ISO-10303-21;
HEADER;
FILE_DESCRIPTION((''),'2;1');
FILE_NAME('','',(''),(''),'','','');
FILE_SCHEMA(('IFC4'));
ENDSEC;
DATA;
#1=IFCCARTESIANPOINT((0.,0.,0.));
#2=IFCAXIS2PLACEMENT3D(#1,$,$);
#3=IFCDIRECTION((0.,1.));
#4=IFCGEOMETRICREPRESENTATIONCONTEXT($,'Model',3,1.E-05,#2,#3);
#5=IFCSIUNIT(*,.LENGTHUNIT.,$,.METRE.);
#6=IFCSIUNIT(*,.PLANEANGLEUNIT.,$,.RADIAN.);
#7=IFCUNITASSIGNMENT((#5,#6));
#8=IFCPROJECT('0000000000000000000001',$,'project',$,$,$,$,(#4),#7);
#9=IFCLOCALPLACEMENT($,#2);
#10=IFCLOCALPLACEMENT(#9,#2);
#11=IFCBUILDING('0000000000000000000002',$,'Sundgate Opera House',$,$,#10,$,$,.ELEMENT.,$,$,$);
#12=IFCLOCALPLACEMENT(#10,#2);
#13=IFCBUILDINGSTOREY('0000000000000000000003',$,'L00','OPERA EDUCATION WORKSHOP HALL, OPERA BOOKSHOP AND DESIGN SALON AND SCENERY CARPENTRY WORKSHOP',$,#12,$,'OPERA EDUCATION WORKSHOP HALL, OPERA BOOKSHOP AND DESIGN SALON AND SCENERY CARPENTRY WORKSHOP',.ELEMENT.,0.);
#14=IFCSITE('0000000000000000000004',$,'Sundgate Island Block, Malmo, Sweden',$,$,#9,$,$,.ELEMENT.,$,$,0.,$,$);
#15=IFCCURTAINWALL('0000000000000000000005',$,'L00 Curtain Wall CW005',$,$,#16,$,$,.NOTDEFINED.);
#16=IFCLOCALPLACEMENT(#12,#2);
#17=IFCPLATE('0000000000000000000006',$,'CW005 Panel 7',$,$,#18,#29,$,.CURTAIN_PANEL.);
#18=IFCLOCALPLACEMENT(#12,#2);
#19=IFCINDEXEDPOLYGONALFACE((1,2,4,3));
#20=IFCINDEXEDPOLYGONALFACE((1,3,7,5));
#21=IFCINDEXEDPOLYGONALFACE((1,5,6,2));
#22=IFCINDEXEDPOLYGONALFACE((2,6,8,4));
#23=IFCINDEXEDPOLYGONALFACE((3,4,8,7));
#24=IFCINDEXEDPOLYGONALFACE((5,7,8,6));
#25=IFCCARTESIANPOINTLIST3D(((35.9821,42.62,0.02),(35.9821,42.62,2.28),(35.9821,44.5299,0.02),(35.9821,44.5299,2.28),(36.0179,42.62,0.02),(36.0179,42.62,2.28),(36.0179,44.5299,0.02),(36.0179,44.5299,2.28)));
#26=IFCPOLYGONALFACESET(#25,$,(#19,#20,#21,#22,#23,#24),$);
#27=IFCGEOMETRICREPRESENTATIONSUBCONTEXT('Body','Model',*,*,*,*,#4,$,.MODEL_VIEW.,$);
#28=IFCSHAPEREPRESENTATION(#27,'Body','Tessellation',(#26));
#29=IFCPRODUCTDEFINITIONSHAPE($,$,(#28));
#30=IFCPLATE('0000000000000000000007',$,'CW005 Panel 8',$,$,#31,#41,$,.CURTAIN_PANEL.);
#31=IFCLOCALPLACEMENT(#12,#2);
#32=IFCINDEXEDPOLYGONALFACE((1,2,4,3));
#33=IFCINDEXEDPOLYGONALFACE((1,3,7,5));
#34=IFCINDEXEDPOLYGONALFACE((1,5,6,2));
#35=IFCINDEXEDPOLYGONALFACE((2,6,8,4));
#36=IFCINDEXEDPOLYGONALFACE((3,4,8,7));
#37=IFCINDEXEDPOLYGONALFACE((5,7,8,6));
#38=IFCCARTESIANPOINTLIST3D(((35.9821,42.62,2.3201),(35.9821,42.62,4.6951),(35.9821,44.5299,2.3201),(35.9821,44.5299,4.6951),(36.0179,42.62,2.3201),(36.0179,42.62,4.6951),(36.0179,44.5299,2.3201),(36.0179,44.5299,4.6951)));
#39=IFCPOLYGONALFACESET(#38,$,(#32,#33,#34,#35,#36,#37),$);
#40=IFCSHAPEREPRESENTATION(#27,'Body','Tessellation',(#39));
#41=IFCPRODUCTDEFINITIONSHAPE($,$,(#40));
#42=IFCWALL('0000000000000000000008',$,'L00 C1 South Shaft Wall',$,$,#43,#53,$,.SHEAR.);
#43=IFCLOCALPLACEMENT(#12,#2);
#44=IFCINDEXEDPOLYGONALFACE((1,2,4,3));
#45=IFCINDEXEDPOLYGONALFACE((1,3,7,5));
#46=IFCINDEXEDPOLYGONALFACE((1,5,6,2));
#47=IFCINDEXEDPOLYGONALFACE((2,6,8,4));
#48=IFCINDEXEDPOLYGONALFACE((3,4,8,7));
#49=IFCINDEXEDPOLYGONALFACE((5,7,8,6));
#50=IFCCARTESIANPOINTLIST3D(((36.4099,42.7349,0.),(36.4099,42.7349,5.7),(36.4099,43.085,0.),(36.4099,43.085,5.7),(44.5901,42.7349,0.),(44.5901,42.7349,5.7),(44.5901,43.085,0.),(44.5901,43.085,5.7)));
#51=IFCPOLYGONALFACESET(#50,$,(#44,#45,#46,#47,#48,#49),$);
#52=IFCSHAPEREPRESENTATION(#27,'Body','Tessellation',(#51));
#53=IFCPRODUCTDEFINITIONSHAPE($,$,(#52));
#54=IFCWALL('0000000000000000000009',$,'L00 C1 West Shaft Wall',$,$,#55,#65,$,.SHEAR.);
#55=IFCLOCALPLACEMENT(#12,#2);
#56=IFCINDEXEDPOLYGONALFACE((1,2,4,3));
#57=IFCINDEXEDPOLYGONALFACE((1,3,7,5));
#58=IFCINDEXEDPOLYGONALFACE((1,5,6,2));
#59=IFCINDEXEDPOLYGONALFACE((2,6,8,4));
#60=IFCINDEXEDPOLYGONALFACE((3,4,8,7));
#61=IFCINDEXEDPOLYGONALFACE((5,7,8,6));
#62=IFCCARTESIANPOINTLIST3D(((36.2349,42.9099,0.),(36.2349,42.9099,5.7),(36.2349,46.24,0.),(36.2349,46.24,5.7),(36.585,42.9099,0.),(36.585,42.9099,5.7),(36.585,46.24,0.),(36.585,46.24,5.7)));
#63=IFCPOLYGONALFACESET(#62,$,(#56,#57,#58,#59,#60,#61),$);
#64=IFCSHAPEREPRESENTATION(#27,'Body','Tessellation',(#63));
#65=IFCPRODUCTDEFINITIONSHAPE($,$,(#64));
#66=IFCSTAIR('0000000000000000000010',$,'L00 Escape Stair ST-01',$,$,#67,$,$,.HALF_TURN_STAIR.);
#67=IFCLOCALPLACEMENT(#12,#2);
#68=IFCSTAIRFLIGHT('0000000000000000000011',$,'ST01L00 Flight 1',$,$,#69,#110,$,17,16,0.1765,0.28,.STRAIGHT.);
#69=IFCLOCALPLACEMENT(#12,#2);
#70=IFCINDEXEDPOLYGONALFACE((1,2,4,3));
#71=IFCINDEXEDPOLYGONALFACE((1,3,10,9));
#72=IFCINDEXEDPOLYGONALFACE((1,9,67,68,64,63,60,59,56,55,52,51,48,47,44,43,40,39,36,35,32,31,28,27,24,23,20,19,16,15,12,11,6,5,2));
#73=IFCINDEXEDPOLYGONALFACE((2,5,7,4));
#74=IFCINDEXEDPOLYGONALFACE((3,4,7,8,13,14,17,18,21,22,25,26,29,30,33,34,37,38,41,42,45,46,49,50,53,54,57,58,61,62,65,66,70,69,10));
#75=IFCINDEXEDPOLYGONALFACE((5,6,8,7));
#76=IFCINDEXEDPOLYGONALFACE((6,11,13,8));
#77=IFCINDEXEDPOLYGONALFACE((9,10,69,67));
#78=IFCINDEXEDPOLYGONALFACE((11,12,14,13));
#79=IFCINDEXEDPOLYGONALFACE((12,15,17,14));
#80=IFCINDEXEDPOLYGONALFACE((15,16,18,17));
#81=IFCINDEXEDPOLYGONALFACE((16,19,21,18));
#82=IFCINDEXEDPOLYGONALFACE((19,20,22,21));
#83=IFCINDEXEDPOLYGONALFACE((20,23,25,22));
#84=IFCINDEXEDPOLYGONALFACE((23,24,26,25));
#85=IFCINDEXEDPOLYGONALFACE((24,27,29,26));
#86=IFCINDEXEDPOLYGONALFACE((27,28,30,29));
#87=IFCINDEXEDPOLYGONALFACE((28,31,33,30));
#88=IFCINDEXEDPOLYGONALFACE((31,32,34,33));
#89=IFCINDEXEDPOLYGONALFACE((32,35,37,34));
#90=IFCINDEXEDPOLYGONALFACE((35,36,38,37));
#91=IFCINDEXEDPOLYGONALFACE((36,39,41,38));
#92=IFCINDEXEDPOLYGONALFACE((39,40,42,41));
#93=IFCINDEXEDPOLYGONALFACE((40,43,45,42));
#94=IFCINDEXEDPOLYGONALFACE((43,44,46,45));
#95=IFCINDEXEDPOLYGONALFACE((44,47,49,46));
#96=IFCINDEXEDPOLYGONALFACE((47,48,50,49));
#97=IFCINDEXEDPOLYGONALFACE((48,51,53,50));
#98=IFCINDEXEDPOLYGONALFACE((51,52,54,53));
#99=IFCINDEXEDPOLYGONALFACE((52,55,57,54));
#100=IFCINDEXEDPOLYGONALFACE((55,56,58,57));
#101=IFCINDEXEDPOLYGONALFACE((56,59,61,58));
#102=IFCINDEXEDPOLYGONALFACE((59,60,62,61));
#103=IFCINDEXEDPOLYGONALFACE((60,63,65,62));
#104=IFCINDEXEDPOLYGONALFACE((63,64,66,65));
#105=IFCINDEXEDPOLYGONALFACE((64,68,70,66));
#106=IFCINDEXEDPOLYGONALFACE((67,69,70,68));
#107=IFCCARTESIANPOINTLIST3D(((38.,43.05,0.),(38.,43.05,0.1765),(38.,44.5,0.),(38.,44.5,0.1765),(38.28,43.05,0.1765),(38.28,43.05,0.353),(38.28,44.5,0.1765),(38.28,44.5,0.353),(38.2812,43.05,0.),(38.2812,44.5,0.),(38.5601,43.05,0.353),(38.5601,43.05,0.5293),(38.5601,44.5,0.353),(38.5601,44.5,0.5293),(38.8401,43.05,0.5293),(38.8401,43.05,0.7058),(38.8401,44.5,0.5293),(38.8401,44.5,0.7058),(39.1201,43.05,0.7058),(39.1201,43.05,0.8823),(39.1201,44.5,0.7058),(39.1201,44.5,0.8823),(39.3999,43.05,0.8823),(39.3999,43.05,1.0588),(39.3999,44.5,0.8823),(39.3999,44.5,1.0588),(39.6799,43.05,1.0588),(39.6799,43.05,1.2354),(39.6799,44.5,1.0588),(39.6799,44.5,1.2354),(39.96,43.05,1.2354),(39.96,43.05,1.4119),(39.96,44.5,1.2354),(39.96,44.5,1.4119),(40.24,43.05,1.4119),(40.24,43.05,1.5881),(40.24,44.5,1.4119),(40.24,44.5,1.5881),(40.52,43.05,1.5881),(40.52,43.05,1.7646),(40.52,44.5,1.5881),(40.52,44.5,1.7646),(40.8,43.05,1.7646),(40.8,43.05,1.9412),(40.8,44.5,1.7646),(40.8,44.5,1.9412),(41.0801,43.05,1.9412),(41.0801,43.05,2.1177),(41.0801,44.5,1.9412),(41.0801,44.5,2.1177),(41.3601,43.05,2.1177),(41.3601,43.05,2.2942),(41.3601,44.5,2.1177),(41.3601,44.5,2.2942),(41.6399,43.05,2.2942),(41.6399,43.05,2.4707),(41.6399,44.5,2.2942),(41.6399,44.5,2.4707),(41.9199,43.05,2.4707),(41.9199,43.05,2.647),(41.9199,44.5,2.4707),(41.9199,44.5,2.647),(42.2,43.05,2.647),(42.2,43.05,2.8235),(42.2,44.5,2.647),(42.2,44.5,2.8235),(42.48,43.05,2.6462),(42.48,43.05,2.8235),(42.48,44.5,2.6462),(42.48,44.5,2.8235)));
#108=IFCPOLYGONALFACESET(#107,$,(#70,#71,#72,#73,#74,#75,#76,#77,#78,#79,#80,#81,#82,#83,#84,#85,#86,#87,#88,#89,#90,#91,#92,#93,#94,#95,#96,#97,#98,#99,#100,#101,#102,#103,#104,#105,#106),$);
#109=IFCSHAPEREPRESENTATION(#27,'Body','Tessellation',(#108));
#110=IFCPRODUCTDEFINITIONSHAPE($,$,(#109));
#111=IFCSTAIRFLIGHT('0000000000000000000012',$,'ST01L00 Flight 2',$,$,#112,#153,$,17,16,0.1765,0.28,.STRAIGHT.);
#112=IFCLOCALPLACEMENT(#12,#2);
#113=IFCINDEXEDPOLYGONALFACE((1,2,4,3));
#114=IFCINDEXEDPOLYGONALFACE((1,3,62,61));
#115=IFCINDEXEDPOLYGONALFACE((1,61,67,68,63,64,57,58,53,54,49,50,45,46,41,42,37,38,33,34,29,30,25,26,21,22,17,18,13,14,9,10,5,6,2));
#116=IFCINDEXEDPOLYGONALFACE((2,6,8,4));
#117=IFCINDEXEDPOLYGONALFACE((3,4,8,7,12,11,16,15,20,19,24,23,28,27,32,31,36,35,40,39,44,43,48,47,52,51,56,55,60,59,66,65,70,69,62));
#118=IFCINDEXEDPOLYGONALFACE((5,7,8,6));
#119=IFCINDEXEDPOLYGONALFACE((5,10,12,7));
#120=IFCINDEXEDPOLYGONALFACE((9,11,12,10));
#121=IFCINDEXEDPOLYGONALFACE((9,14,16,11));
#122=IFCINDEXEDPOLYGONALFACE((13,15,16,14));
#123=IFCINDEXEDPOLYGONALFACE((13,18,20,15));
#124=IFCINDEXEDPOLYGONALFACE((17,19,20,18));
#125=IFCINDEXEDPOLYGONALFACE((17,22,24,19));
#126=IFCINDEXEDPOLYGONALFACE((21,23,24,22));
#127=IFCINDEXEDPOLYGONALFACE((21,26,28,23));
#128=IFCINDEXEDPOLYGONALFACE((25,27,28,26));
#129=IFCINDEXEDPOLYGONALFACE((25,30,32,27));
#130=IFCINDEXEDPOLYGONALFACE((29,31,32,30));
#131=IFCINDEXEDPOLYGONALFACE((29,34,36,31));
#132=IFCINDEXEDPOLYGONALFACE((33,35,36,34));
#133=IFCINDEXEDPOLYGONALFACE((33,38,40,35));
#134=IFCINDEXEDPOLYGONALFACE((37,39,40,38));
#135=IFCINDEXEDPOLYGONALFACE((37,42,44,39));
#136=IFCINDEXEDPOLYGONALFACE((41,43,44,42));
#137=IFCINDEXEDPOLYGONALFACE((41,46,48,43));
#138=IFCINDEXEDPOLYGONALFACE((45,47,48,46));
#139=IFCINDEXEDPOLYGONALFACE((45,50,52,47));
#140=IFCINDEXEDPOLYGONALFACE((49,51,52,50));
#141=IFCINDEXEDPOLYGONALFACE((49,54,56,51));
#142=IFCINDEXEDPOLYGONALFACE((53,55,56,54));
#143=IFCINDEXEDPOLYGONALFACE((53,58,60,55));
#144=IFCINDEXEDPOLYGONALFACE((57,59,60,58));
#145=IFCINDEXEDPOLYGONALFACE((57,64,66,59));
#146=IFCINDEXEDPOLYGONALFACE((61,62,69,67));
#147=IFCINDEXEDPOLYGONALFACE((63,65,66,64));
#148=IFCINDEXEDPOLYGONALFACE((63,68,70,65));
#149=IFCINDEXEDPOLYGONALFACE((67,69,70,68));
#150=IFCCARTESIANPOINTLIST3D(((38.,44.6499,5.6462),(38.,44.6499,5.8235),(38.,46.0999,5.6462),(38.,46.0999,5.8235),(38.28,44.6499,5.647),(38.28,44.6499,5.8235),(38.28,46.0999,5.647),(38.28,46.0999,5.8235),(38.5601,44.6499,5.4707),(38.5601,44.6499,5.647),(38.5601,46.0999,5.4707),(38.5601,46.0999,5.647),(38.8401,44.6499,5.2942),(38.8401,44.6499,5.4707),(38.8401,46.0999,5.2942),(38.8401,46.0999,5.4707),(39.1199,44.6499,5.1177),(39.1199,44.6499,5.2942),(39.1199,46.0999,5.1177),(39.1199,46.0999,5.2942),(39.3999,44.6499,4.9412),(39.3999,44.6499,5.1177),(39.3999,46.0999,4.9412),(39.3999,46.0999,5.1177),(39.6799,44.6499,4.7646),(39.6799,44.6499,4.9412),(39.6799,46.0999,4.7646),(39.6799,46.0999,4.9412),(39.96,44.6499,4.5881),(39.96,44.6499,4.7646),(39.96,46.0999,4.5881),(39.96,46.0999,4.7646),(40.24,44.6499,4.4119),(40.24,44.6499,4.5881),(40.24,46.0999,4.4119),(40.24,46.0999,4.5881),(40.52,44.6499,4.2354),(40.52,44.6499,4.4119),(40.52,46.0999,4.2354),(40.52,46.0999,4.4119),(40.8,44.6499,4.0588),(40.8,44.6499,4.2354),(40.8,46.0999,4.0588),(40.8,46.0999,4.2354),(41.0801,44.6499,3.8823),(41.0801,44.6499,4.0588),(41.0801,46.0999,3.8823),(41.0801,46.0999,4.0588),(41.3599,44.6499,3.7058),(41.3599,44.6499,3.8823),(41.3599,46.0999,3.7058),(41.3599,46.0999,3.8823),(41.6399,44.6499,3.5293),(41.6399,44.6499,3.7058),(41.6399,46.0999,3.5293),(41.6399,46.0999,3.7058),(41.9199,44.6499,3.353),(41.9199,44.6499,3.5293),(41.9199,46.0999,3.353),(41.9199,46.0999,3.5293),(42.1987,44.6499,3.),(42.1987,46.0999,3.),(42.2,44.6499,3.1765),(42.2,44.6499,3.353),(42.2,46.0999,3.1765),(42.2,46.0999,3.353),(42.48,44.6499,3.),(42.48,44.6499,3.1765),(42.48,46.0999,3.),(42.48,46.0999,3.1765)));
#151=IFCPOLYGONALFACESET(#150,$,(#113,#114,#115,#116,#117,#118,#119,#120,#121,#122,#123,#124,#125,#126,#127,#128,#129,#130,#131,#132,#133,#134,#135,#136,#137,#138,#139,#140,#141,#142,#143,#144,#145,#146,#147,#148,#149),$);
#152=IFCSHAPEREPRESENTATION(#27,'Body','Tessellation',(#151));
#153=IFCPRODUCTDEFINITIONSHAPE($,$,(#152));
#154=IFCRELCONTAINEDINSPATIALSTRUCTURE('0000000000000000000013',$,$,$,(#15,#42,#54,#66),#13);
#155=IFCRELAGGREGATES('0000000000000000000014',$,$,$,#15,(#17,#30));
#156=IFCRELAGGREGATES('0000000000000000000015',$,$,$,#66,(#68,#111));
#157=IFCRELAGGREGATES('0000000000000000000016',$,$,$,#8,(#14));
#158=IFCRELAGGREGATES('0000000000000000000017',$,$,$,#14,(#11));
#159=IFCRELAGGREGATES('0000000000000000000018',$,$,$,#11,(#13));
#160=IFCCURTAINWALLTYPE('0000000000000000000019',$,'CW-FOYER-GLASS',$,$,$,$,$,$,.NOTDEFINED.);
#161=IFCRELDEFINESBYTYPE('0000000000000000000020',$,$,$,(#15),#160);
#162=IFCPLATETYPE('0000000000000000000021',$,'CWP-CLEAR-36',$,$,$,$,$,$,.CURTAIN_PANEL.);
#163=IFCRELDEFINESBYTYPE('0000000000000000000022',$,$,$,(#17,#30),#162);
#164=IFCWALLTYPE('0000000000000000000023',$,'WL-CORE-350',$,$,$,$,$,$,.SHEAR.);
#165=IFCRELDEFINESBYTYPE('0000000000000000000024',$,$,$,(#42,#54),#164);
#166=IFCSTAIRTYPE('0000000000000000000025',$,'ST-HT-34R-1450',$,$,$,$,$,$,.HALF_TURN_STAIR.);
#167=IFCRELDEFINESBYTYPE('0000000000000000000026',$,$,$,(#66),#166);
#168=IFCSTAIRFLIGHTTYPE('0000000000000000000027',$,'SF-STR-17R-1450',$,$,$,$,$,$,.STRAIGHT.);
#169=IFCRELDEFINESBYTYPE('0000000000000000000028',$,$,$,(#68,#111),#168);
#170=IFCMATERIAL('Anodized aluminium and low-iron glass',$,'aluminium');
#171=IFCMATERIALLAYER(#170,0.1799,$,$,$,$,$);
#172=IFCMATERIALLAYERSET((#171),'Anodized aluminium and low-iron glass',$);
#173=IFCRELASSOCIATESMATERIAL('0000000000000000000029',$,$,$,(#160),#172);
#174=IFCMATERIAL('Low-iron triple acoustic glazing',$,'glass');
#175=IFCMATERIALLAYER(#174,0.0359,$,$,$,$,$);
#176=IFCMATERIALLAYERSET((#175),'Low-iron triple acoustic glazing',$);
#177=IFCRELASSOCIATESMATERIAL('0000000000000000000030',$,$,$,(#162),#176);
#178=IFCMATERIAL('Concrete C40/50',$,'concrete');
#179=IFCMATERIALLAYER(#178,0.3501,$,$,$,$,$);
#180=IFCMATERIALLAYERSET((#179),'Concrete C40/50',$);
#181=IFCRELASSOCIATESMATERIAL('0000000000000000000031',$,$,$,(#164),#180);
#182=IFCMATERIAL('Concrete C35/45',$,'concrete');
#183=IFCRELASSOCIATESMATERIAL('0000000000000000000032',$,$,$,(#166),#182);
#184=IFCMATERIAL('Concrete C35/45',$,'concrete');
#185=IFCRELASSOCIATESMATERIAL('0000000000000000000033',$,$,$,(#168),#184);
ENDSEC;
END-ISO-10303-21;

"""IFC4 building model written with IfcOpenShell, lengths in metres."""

from ifc_helpers import new_model, si_unit, direction, frame, frame_2d, origin, origin_2d, place, context, subcontext, project, spatial, polyline, rectangle, outline, extrude, material, layer, layer_set, type_object, element, aggregate, save


model = new_model("IFC4")

# Units and contexts
model_context = context("Model", 3, precision=1e-05, world=origin(), true_north=direction((0.0, 1.0)))
body_context = subcontext(model_context, "Body", "Model", "MODEL_VIEW")
ifc_project = project(units=[si_unit("LENGTHUNIT", "METRE"), si_unit("PLANEANGLEUNIT", "RADIAN")], contexts=[model_context])

# Site, building, storey
site_placement = place(None, origin())
site = spatial("IfcSite", under=ifc_project, at=site_placement, Name="Sundgate Island Block, Malmo, Sweden", CompositionType="ELEMENT", RefElevation=0.0)
building_placement = place(site_placement, origin())
building = spatial("IfcBuilding", under=site, at=building_placement, Name="Sundgate Opera House", CompositionType="ELEMENT")
storey_placement = place(building_placement, origin())
storey = spatial("IfcBuildingStorey", under=building, at=storey_placement, Name="L00", Description="OPERA EDUCATION WORKSHOP HALL, OPERA BOOKSHOP AND DESIGN SALON AND SCENERY CARPENTRY WORKSHOP", LongName="OPERA EDUCATION WORKSHOP HALL, OPERA BOOKSHOP AND DESIGN SALON AND SCENERY CARPENTRY WORKSHOP", CompositionType="ELEMENT", Elevation=0.0)

# Shared definitions
ifc_material_1 = material(Name="Anodized aluminium and low-iron glass", Category="aluminium")
ifc_layer_1 = layer(ifc_material_1, 0.1799)
ifc_layer_set_1 = layer_set([ifc_layer_1], Name="Anodized aluminium and low-iron glass")
curtain_wall_type = type_object("IfcCurtainWallType", Name="CW-FOYER-GLASS", PredefinedType="NOTDEFINED", material=ifc_layer_set_1)

# Curtain wall
curtain_wall_1_placement = place(storey_placement, origin())
curtain_wall_1 = element("IfcCurtainWall", 1, at=curtain_wall_1_placement, inside=storey, type_object=curtain_wall_type, Name="L00 Curtain Wall CW005", PredefinedType="NOTDEFINED")

# Plates
ifc_material_2 = material(Name="Low-iron triple acoustic glazing", Category="glass")
ifc_layer_2 = layer(ifc_material_2, 0.0359)
ifc_layer_set_2 = layer_set([ifc_layer_2], Name="Low-iron triple acoustic glazing")
plate_type = type_object("IfcPlateType", Name="CWP-CLEAR-36", PredefinedType="CURTAIN_PANEL", material=ifc_layer_set_2)
plate_1_placement = place(storey_placement, frame((36.0, 43.575, 0.02), z_axis=(0.0, 0.0, 1.0), x_axis=(0.0, -1.0, 0.0)))
plate_1 = element("IfcPlate", 2, at=plate_1_placement, type_object=plate_type, Name="CW005 Panel 7", PredefinedType="CURTAIN_PANEL", context=body_context, shape_type="SweptSolid", body=[
    extrude(rectangle(XDim=1.9099, YDim=0.0359, at=origin_2d()), origin(), (0.0, 0.0, 1.0), 2.26),
])
plate_2_placement = place(storey_placement, frame((36.0, 43.575, 2.3201), z_axis=(0.0, 0.0, 1.0), x_axis=(0.0, -1.0, 0.0)))
plate_2 = element("IfcPlate", 3, at=plate_2_placement, type_object=plate_type, Name="CW005 Panel 8", PredefinedType="CURTAIN_PANEL", context=body_context, shape_type="SweptSolid", body=[
    extrude(rectangle(XDim=1.9099, YDim=0.0359, at=origin_2d()), origin(), (0.0, 0.0, 1.0), 2.375),
])
aggregate(curtain_wall_1, [plate_1, plate_2])

# Walls
ifc_material_3 = material(Name="Concrete C40/50", Category="concrete")
ifc_layer_3 = layer(ifc_material_3, 0.3501)
ifc_layer_set_3 = layer_set([ifc_layer_3], Name="Concrete C40/50")
wall_type = type_object("IfcWallType", Name="WL-CORE-350", PredefinedType="SHEAR", material=ifc_layer_set_3)
wall_1_placement = place(storey_placement, frame((36.4099, 42.9099, 0.0), z_axis=(0.0, 0.0, 1.0), x_axis=(1.0, 0.0, 0.0)))
element("IfcWall", 4, at=wall_1_placement, inside=storey, type_object=wall_type, Name="L00 C1 South Shaft Wall", PredefinedType="SHEAR", context=body_context, shape_type="SweptSolid", body=[
    extrude(rectangle(XDim=8.1802, YDim=0.3501, at=frame_2d((4.0901, 0.0))), origin(), (0.0, 0.0, 1.0), 5.7),
])
wall_2_placement = place(storey_placement, frame((36.4099, 42.9099, 0.0), z_axis=(0.0, 0.0, 1.0), x_axis=(0.0, 1.0, 0.0)))
element("IfcWall", 5, at=wall_2_placement, inside=storey, type_object=wall_type, Name="L00 C1 West Shaft Wall", PredefinedType="SHEAR", context=body_context, shape_type="SweptSolid", body=[
    extrude(rectangle(XDim=3.3301, YDim=0.3501, at=frame_2d((1.665, 0.0))), origin(), (0.0, 0.0, 1.0), 5.7),
])

# Stair, stair flights
ifc_material_4 = material(Name="Concrete C35/45", Category="concrete")
stair_type = type_object("IfcStairType", Name="ST-HT-34R-1450", PredefinedType="HALF_TURN_STAIR", material=ifc_material_4)
stair_placement = place(storey_placement, origin())
stair = element("IfcStair", 6, at=stair_placement, inside=storey, type_object=stair_type, Name="L00 Escape Stair ST-01", PredefinedType="HALF_TURN_STAIR")
ifc_material_5 = material(Name="Concrete C35/45", Category="concrete")
stair_flight_type = type_object("IfcStairFlightType", Name="SF-STR-17R-1450", PredefinedType="STRAIGHT", material=ifc_material_5)
stair_flight_1_placement = place(storey_placement, frame((38.0, 43.7749, 0.0), z_axis=(0.0, 0.0, 1.0), x_axis=(1.0, 0.0, 0.0)))
stair_flight_1 = element("IfcStairFlight", 7, at=stair_flight_1_placement, type_object=stair_flight_type, Name="ST01L00 Flight 1", NumberOfRisers=17, NumberOfTreads=16, PredefinedType="STRAIGHT", RiserHeight=0.1765, TreadLength=0.28, context=body_context, shape_type="SweptSolid", body=[
    extrude(outline(polyline([(0.0, 0.0), (0.0, 0.1765), (0.28, 0.1765), (0.28, 0.353), (0.5601, 0.353), (0.5601, 0.5293), (0.8401, 0.5293), (0.8401, 0.7058), (1.1201, 0.7058), (1.1201, 0.8823), (1.3999, 0.8823), (1.3999, 1.0588), (1.6799, 1.0588), (1.6799, 1.2354), (1.96, 1.2354), (1.96, 1.4119), (2.24, 1.4119), (2.24, 1.5881), (2.52, 1.5881), (2.52, 1.7646), (2.8, 1.7646), (2.8, 1.9412), (3.0801, 1.9412), (3.0801, 2.1177), (3.3601, 2.1177), (3.3601, 2.2942), (3.6399, 2.2942), (3.6399, 2.4707), (3.9199, 2.4707), (3.9199, 2.647), (4.2, 2.647), (4.2, 2.8235), (4.48, 2.8235), (4.48, 3.0), (4.48, 2.6462), (0.2812, 0.0), (0.0, 0.0)])), frame((0.0, 0.7251, 0.0), z_axis=(0.0, -1.0, 0.0), x_axis=(1.0, 0.0, 0.0)), (0.0, 0.0, 1.0), 1.45),
])
stair_flight_2_placement = place(storey_placement, frame((42.48, 45.375, 3.0), z_axis=(0.0, 0.0, 1.0), x_axis=(-1.0, 0.0, 0.0)))
stair_flight_2 = element("IfcStairFlight", 8, at=stair_flight_2_placement, type_object=stair_flight_type, Name="ST01L00 Flight 2", NumberOfRisers=17, NumberOfTreads=16, PredefinedType="STRAIGHT", RiserHeight=0.1765, TreadLength=0.28, context=body_context, shape_type="SweptSolid", body=[
    extrude(outline(polyline([(0.0, 0.0), (0.0, 0.1765), (0.28, 0.1765), (0.28, 0.353), (0.5601, 0.353), (0.5601, 0.5293), (0.8401, 0.5293), (0.8401, 0.7058), (1.1201, 0.7058), (1.1201, 0.8823), (1.3999, 0.8823), (1.3999, 1.0588), (1.6799, 1.0588), (1.6799, 1.2354), (1.96, 1.2354), (1.96, 1.4119), (2.24, 1.4119), (2.24, 1.5881), (2.52, 1.5881), (2.52, 1.7646), (2.8, 1.7646), (2.8, 1.9412), (3.0801, 1.9412), (3.0801, 2.1177), (3.3601, 2.1177), (3.3601, 2.2942), (3.6399, 2.2942), (3.6399, 2.4707), (3.9199, 2.4707), (3.9199, 2.647), (4.2, 2.647), (4.2, 2.8235), (4.48, 2.8235), (4.48, 3.0), (4.48, 2.6462), (0.2812, 0.0), (0.0, 0.0)])), frame((0.0, 0.7251, 0.0), z_axis=(0.0, -1.0, 0.0), x_axis=(1.0, 0.0, 0.0)), (0.0, 0.0, 1.0), 1.45),
])
aggregate(stair, [stair_flight_1, stair_flight_2])

save(model, "model.ifc")
